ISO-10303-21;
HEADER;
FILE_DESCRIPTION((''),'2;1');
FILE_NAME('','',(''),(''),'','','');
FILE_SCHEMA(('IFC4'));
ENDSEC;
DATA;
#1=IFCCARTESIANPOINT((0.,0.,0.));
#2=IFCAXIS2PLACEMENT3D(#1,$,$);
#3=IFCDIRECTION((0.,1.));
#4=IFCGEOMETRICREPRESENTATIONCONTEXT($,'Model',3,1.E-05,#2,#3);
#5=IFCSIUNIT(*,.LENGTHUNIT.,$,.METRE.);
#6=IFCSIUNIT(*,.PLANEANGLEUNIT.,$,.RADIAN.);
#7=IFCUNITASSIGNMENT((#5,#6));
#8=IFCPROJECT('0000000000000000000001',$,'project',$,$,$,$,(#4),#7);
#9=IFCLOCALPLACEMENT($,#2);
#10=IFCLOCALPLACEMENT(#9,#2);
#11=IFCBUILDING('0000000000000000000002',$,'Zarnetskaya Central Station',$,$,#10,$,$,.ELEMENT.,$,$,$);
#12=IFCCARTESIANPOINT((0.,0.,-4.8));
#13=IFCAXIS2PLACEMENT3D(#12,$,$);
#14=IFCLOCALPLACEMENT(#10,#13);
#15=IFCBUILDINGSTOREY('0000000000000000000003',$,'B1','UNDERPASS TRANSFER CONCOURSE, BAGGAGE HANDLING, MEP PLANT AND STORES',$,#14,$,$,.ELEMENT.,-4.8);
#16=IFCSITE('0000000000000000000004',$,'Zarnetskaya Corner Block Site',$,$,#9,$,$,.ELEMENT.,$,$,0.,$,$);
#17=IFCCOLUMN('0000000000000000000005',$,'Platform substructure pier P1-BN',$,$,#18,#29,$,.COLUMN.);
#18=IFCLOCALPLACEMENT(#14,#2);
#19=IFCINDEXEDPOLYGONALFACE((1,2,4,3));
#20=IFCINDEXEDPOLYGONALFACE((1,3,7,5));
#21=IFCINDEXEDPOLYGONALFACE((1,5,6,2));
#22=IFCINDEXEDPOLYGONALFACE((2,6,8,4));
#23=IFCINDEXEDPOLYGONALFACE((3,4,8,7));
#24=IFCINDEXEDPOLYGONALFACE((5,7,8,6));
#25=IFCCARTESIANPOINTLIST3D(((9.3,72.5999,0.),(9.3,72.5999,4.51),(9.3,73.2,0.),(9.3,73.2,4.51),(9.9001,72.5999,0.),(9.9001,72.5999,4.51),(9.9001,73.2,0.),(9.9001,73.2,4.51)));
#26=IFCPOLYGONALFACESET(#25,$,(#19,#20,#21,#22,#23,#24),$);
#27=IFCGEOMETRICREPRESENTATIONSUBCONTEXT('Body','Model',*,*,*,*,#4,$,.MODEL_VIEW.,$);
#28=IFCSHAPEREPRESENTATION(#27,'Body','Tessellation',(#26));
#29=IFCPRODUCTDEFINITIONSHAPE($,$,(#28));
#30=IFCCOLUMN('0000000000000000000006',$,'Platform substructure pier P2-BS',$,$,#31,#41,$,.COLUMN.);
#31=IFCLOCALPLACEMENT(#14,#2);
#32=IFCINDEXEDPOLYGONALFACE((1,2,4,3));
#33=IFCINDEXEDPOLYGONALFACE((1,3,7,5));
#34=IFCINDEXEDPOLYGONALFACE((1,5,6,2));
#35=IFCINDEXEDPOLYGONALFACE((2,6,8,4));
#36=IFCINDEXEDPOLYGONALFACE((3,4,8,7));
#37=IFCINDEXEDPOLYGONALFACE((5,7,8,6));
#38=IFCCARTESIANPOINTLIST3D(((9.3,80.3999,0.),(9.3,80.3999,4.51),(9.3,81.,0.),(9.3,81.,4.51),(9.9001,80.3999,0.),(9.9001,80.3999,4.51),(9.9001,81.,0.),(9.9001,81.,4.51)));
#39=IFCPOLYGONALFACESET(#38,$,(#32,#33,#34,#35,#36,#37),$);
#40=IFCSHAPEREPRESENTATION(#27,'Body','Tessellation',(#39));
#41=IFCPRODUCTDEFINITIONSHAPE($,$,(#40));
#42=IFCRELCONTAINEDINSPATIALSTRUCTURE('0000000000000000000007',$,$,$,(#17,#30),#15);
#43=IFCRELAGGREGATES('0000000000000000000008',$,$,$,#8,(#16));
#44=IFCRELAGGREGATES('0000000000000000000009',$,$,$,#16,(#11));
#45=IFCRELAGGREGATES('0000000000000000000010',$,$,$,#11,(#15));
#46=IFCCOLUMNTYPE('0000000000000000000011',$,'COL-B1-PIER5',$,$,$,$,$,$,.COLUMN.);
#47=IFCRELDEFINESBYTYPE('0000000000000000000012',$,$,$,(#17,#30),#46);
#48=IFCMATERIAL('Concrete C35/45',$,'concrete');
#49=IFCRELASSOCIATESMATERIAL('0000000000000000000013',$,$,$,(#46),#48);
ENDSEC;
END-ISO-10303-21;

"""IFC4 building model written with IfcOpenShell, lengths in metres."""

from ifc_helpers import new_model, si_unit, direction, frame, origin, origin_2d, place, context, subcontext, project, spatial, rectangle, extrude, material, material_profile, profile_set, type_object, element, save


model = new_model("IFC4")

# Units and contexts
model_context = context("Model", 3, precision=1e-05, world=origin(), true_north=direction((0.0, 1.0)))
body_context = subcontext(model_context, "Body", "Model", "MODEL_VIEW")
ifc_project = project(units=[si_unit("LENGTHUNIT", "METRE"), si_unit("PLANEANGLEUNIT", "RADIAN")], contexts=[model_context])

# Site, building, storey
site_placement = place(None, origin())
site = spatial("IfcSite", under=ifc_project, at=site_placement, Name="Zarnetskaya Corner Block Site", CompositionType="ELEMENT", RefElevation=0.0)
building_placement = place(site_placement, origin())
building = spatial("IfcBuilding", under=site, at=building_placement, Name="Zarnetskaya Central Station", CompositionType="ELEMENT")
storey_placement = place(building_placement, frame((0.0, 0.0, -4.8)))
storey = spatial("IfcBuildingStorey", under=building, at=storey_placement, Name="B1", Description="UNDERPASS TRANSFER CONCOURSE, BAGGAGE HANDLING, MEP PLANT AND STORES", CompositionType="ELEMENT", Elevation=-4.8)

# Shared definitions
ifc_material = material(Name="Concrete C35/45", Category="concrete")

# Columns
ifc_material_profile_1 = material_profile(ifc_material, rectangle(XDim=0.6001, YDim=0.6001, at=origin_2d()), Name="RC 600x600")
ifc_profile_set_1 = profile_set([ifc_material_profile_1], Name="Concrete C35/45")
column_type_1 = type_object("IfcColumnType", Name="COL-B1-PIER5", PredefinedType="COLUMN", material=ifc_profile_set_1)
for number, where, z_axis, x_axis, name in (
    (1, (9.6001, 72.8999, 0.0), (0.0, 0.0, 1.0), (1.0, 0.0, 0.0), "Platform substructure pier P1-BN"),
    (2, (9.6001, 80.7, 0.0), (0.0, 0.0, 1.0), (1.0, 0.0, 0.0), "Platform substructure pier P2-BS"),
):
    element("IfcColumn", number, at=place(storey_placement, frame(where, z_axis=z_axis, x_axis=x_axis)), inside=storey, type_object=column_type_1, Name=name, PredefinedType="COLUMN", context=body_context, shape_type="SweptSolid", body=[
        extrude(rectangle(XDim=0.6001, YDim=0.6001, at=origin_2d()), origin(), (0.0, 0.0, 1.0), 4.51),
    ])

save(model, "model.ifc")
